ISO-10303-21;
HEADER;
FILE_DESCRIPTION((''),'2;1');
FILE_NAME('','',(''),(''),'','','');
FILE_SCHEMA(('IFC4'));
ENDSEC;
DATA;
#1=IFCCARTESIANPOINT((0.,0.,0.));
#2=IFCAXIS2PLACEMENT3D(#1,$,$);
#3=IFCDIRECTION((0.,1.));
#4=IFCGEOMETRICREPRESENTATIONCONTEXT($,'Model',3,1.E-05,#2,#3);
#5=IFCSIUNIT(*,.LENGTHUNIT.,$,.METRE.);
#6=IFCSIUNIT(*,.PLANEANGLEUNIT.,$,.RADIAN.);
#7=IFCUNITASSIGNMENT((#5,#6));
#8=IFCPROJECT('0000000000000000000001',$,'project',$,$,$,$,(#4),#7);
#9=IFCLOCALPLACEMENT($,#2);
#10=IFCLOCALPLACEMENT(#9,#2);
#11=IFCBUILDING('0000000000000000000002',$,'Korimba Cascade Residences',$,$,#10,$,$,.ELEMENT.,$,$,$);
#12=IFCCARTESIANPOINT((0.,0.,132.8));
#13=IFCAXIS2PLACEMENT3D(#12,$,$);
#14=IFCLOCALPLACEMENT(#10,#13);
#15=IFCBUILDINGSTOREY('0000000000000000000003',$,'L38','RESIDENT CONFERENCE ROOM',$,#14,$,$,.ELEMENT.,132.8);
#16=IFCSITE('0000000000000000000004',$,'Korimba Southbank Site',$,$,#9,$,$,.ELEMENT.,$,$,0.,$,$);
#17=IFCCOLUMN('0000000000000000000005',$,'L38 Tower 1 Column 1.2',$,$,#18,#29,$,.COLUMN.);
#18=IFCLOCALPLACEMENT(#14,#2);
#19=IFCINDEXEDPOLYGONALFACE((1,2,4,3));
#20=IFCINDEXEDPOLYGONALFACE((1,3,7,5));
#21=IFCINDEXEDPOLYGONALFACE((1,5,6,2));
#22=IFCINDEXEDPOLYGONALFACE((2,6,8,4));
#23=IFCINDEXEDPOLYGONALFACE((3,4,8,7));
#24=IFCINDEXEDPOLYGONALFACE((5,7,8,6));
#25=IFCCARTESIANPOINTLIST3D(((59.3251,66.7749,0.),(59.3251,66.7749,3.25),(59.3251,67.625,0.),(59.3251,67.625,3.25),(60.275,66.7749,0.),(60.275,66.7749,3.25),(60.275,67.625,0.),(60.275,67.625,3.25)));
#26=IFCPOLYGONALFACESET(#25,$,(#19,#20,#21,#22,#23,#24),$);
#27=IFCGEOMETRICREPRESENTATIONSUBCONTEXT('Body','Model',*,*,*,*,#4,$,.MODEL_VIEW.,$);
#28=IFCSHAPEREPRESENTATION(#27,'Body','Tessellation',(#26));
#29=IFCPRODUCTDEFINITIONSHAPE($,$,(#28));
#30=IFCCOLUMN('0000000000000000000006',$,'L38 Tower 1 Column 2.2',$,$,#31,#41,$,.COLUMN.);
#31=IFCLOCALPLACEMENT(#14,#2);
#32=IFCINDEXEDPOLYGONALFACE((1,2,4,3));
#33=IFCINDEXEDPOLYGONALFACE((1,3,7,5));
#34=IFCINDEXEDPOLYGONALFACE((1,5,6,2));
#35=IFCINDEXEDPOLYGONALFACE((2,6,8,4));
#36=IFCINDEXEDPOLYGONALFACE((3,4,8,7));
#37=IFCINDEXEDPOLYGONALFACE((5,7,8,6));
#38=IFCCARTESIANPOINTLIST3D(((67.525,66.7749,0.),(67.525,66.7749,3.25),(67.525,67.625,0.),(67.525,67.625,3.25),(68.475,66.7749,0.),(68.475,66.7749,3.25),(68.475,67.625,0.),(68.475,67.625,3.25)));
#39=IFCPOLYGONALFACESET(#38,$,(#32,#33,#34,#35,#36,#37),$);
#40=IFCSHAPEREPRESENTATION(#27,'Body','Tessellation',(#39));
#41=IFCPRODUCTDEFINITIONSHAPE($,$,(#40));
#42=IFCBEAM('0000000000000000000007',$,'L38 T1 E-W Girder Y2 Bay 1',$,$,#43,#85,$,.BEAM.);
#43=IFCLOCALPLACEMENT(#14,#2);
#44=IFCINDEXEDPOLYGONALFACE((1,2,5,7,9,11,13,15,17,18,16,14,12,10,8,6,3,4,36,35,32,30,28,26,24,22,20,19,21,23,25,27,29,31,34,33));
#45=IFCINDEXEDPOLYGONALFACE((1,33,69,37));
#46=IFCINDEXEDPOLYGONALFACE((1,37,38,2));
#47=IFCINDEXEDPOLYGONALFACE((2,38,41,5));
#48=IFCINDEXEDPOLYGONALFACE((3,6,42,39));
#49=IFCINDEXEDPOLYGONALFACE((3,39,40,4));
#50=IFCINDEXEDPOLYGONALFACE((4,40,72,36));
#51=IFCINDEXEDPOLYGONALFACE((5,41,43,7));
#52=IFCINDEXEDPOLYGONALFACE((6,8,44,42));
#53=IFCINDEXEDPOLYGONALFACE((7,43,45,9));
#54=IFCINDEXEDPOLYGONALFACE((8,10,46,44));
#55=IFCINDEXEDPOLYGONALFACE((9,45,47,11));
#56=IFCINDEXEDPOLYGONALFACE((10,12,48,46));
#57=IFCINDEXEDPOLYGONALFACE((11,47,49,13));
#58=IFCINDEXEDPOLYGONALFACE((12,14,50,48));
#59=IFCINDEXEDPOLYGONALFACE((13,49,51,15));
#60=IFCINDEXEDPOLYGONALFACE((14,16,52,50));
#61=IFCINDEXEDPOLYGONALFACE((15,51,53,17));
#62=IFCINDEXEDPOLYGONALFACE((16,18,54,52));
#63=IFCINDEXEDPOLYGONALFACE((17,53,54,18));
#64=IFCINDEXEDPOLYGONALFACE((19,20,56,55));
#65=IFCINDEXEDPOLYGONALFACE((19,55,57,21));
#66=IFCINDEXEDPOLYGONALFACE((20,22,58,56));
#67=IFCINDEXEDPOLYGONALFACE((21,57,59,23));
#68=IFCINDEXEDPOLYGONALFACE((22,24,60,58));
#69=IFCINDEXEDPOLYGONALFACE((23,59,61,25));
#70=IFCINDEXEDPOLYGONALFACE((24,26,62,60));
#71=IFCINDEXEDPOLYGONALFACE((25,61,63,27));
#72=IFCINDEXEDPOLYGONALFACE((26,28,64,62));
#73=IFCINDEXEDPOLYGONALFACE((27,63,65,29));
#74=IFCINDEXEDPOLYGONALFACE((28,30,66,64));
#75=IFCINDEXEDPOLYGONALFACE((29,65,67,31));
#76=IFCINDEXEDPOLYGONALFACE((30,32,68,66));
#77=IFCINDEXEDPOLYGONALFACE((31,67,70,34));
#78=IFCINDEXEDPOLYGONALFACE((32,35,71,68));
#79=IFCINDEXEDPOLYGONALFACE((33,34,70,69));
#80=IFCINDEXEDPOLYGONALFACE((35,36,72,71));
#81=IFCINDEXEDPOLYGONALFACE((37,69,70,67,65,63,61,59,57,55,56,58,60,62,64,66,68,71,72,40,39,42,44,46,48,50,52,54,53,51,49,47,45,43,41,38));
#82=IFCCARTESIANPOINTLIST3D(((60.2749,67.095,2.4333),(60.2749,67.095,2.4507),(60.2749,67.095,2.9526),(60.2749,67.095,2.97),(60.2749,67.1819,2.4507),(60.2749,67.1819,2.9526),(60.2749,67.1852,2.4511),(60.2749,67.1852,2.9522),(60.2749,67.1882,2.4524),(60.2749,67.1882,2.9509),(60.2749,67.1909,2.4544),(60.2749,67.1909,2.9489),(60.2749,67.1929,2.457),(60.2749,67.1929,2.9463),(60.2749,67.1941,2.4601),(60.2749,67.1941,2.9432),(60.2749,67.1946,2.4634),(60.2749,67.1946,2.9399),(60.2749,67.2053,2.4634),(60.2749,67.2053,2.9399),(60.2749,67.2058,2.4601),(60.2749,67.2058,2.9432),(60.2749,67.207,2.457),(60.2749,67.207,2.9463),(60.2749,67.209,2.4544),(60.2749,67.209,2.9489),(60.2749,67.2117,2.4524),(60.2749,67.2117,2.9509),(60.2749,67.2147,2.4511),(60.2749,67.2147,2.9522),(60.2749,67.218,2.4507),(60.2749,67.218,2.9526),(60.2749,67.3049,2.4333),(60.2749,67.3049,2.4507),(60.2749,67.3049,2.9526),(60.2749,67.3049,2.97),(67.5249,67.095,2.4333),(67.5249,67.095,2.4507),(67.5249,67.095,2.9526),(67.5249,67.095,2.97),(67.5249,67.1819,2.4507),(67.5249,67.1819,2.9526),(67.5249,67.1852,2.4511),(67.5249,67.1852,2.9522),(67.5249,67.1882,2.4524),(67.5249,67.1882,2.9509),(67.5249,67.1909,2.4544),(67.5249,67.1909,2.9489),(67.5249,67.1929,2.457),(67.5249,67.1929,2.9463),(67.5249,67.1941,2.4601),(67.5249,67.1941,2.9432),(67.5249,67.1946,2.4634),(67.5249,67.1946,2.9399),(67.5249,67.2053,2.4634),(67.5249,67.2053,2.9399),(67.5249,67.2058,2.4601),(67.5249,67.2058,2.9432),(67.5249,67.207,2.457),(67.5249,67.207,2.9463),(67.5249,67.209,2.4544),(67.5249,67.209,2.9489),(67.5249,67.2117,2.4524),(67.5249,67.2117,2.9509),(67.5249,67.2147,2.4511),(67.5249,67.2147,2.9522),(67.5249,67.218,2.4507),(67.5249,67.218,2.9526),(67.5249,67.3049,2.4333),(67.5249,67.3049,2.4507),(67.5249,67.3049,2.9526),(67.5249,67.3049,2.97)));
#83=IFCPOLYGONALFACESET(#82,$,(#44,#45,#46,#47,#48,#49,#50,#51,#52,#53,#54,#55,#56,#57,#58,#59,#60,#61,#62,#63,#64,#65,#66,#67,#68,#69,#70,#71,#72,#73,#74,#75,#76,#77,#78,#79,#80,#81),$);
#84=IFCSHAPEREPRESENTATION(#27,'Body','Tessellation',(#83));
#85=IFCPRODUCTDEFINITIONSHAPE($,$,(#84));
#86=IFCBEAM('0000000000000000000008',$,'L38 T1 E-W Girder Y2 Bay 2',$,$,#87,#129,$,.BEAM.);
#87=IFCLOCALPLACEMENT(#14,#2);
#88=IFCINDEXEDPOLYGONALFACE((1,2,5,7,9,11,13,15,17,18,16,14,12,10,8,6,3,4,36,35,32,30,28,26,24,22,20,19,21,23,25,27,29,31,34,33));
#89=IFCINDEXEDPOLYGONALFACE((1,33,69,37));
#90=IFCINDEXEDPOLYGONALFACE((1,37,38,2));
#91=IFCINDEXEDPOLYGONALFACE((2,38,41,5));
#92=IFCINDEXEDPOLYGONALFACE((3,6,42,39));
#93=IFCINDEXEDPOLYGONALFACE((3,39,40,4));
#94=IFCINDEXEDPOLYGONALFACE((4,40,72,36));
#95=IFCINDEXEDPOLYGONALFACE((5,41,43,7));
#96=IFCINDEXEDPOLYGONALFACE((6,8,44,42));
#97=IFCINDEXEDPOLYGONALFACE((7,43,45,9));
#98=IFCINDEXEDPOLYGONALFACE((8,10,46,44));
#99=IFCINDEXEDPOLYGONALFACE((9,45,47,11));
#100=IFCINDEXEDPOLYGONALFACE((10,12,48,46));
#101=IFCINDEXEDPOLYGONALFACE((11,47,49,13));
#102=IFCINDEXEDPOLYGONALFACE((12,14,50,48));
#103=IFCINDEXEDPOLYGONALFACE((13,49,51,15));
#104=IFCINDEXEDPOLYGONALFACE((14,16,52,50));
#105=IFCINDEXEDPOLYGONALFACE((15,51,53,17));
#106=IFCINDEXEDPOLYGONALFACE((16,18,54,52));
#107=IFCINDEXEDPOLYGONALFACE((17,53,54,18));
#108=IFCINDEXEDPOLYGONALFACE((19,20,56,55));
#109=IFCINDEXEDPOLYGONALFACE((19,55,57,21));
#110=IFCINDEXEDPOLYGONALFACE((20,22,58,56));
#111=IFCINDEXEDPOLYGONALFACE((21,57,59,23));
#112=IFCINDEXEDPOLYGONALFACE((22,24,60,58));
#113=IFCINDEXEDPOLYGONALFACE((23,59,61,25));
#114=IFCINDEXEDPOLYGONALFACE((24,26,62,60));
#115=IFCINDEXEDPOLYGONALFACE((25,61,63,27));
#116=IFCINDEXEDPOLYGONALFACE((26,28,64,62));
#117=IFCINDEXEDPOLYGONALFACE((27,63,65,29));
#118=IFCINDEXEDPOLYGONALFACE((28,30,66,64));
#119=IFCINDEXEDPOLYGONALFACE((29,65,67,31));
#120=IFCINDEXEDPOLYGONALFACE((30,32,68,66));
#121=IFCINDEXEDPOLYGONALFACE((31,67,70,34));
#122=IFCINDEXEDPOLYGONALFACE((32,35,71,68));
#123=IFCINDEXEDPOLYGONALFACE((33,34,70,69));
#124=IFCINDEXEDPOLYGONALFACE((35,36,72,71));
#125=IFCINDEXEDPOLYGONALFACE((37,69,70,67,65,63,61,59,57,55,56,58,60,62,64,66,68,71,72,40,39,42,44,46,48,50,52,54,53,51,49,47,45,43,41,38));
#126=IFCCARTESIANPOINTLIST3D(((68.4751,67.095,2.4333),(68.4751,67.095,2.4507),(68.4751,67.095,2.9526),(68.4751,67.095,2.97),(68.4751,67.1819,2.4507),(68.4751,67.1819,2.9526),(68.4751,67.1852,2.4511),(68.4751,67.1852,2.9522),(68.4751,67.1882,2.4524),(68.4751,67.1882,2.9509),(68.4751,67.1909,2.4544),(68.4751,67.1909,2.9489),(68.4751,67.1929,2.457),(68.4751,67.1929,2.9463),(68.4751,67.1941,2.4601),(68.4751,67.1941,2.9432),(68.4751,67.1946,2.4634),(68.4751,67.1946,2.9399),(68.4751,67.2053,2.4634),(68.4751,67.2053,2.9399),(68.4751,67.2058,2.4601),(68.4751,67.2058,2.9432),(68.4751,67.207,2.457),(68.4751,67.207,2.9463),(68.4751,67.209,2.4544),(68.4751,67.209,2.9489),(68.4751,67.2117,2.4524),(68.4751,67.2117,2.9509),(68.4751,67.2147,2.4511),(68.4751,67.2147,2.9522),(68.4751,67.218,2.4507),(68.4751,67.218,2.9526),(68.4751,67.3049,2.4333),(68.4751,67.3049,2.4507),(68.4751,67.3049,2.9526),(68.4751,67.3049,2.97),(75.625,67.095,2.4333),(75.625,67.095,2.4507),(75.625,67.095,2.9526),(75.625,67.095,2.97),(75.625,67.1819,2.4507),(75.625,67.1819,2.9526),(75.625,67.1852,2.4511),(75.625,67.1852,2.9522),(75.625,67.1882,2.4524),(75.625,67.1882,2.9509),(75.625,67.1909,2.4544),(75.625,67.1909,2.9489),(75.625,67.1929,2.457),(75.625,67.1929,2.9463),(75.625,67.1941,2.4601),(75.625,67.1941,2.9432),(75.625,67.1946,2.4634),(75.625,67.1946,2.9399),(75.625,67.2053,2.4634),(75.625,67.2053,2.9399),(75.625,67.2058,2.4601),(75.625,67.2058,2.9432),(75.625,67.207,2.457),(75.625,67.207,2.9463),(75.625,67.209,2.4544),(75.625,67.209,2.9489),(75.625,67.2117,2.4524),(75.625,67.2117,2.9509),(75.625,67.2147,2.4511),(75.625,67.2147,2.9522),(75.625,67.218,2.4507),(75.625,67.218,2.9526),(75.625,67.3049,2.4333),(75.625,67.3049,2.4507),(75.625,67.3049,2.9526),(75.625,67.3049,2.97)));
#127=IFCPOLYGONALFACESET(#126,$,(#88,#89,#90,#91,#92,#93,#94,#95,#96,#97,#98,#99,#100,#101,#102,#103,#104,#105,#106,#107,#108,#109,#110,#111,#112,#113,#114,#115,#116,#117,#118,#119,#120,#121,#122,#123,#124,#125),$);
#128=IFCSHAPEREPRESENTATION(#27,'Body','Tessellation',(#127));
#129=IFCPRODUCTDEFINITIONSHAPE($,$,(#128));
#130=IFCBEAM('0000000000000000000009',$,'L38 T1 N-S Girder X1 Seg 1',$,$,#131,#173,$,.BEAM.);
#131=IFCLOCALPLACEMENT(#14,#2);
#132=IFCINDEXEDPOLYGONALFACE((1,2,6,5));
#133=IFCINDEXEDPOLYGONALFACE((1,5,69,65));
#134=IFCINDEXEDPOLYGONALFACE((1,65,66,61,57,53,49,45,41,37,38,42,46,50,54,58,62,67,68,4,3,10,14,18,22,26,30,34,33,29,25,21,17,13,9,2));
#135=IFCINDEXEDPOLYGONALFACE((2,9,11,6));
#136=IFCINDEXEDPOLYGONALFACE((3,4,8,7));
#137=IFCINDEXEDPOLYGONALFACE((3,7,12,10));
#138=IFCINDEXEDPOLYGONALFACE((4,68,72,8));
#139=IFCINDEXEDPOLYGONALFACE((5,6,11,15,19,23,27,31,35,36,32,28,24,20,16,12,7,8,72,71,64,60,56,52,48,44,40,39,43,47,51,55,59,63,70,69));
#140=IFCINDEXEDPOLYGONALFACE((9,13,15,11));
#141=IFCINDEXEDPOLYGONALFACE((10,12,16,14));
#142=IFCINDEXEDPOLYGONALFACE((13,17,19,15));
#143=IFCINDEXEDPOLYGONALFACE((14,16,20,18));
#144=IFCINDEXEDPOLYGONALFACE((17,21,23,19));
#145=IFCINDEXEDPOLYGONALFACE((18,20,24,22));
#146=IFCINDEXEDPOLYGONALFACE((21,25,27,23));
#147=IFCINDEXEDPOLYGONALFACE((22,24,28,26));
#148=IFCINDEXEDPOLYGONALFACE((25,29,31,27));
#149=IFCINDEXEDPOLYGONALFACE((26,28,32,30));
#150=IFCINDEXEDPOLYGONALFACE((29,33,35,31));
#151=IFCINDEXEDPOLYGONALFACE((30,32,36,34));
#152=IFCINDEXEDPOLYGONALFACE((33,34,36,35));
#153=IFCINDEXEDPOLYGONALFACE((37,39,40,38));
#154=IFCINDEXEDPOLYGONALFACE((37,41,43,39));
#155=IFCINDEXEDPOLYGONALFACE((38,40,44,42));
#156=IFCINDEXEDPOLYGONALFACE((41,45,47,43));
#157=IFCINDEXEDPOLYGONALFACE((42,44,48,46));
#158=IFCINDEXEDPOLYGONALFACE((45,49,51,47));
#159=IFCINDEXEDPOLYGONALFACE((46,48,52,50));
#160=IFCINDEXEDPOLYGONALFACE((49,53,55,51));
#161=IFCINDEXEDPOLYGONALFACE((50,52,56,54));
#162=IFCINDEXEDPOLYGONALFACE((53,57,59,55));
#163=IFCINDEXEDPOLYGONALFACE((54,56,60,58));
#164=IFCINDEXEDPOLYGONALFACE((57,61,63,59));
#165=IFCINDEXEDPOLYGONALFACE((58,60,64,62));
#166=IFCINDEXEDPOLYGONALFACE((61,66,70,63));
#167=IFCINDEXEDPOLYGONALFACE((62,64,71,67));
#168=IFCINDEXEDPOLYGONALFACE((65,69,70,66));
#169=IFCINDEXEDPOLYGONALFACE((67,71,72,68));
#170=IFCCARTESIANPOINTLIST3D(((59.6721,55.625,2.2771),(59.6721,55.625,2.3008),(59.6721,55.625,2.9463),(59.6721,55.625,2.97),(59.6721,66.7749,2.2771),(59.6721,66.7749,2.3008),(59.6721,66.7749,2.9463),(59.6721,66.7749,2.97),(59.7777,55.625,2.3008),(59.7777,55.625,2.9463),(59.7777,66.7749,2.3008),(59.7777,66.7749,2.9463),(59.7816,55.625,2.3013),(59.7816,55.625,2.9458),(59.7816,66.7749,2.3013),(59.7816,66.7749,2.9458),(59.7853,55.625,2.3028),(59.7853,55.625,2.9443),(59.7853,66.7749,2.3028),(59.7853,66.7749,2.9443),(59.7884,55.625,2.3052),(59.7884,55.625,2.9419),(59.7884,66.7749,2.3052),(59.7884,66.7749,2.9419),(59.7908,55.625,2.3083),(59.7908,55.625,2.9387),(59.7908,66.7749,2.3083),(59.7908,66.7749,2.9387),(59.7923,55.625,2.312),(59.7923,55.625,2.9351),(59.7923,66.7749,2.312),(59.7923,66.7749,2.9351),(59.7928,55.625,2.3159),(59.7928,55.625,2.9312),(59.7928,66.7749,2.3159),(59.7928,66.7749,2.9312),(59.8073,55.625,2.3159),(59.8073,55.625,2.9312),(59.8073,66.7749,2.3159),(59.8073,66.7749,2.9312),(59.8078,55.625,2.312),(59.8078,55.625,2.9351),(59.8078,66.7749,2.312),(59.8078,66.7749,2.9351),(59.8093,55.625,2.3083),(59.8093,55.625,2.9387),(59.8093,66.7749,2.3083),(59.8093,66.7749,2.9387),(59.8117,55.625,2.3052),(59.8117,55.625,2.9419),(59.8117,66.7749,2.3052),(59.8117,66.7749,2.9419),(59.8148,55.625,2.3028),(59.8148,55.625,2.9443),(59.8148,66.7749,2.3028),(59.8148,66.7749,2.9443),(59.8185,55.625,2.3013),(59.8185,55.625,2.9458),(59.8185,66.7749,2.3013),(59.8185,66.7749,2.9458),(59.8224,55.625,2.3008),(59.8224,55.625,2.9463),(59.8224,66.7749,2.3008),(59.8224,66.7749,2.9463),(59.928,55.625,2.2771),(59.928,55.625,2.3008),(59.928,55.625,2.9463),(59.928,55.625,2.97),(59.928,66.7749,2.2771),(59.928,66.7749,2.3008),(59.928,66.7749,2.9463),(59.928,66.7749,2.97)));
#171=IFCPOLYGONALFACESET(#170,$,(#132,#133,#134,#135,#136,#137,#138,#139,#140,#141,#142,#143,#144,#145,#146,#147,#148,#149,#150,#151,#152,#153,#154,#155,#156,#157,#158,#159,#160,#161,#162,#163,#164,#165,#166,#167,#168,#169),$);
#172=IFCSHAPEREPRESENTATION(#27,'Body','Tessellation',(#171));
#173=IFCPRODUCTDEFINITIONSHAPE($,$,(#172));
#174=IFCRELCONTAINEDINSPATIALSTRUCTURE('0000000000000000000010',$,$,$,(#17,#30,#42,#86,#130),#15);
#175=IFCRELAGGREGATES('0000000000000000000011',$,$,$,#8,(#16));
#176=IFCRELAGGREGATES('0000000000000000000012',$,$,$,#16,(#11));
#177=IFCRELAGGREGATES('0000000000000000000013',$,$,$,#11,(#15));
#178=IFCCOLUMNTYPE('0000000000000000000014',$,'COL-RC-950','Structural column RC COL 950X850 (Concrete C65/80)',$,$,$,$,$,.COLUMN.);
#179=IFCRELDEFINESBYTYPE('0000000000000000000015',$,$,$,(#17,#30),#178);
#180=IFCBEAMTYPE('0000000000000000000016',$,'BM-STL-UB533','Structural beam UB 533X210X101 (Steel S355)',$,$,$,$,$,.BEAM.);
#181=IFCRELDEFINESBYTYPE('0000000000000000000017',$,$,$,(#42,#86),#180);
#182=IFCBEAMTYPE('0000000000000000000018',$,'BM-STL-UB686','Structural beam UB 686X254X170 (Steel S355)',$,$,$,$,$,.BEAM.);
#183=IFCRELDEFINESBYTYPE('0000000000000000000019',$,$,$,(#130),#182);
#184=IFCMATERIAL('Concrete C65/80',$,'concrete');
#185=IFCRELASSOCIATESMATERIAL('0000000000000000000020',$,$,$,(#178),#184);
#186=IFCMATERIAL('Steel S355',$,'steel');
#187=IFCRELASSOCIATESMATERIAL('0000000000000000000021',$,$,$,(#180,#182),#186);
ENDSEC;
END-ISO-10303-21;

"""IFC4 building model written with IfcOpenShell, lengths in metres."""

from ifc_helpers import new_model, si_unit, direction, frame, origin, origin_2d, place, context, subcontext, project, spatial, rectangle, i_section, extrude, material, material_profile, profile_set, type_object, element, save


model = new_model("IFC4")

# Units and contexts
model_context = context("Model", 3, precision=1e-05, world=origin(), true_north=direction((0.0, 1.0)))
body_context = subcontext(model_context, "Body", "Model", "MODEL_VIEW")
ifc_project = project(units=[si_unit("LENGTHUNIT", "METRE"), si_unit("PLANEANGLEUNIT", "RADIAN")], contexts=[model_context])

# Site, building, storey
site_placement = place(None, origin())
site = spatial("IfcSite", under=ifc_project, at=site_placement, Name="Korimba Southbank Site", CompositionType="ELEMENT", RefElevation=0.0)
building_placement = place(site_placement, origin())
building = spatial("IfcBuilding", under=site, at=building_placement, Name="Korimba Cascade Residences", CompositionType="ELEMENT")
storey_placement = place(building_placement, frame((0.0, 0.0, 132.8)))
storey = spatial("IfcBuildingStorey", under=building, at=storey_placement, Name="L38", Description="RESIDENT CONFERENCE ROOM", CompositionType="ELEMENT", Elevation=132.8)

# Columns
ifc_material_1 = material(Name="Concrete C65/80", Category="concrete")
ifc_material_profile_1 = material_profile(ifc_material_1, rectangle(XDim=0.95, YDim=0.8501, at=origin_2d()), Name="Concrete C65/80")
ifc_profile_set_1 = profile_set([ifc_material_profile_1], Name="Concrete C65/80")
column_type = type_object("IfcColumnType", Name="COL-RC-950", Description="Structural column RC COL 950X850 (Concrete C65/80)", PredefinedType="COLUMN", material=ifc_profile_set_1)
for number, where, z_axis, x_axis, name in (
    (1, (59.8, 67.2, 0.0), (0.0, 0.0, 1.0), (1.0, 0.0, 0.0), "L38 Tower 1 Column 1.2"),
    (2, (68.0, 67.2, 0.0), (0.0, 0.0, 1.0), (1.0, 0.0, 0.0), "L38 Tower 1 Column 2.2"),
):
    element("IfcColumn", number, at=place(storey_placement, frame(where, z_axis=z_axis, x_axis=x_axis)), inside=storey, type_object=column_type, Name=name, PredefinedType="COLUMN", context=body_context, shape_type="SweptSolid", body=[
        extrude(rectangle(XDim=0.95, YDim=0.8501, at=origin_2d()), origin(), (0.0, 0.0, 1.0), 3.25),
    ])

# Beams
ifc_material_2 = material(Name="Steel S355", Category="steel")
ifc_material_profile_2 = material_profile(ifc_material_2, i_section(OverallWidth=0.21, OverallDepth=0.5366, WebThickness=0.0107, FlangeThickness=0.0173, FilletRadius=0.0127, at=origin_2d()), Name="Steel S355")
ifc_profile_set_2 = profile_set([ifc_material_profile_2], Name="Steel S355")
beam_type_1 = type_object("IfcBeamType", Name="BM-STL-UB533", Description="Structural beam UB 533X210X101 (Steel S355)", PredefinedType="BEAM", material=ifc_profile_set_2)
beam_1_placement = place(storey_placement, frame((60.2749, 67.2, 2.7017), z_axis=(1.0, 0.0, 0.0), x_axis=(0.0, 1.0, 0.0)))
element("IfcBeam", 3, at=beam_1_placement, inside=storey, type_object=beam_type_1, Name="L38 T1 E-W Girder Y2 Bay 1", PredefinedType="BEAM", context=body_context, shape_type="SweptSolid", body=[
    extrude(i_section(OverallWidth=0.21, OverallDepth=0.5366, WebThickness=0.0107, FlangeThickness=0.0173, FilletRadius=0.0127, at=origin_2d()), origin(), (0.0, 0.0, 1.0), 7.25),
])
beam_2_placement = place(storey_placement, frame((68.4751, 67.2, 2.7017), z_axis=(1.0, 0.0, 0.0), x_axis=(0.0, 1.0, 0.0)))
element("IfcBeam", 4, at=beam_2_placement, inside=storey, type_object=beam_type_1, Name="L38 T1 E-W Girder Y2 Bay 2", PredefinedType="BEAM", context=body_context, shape_type="SweptSolid", body=[
    extrude(i_section(OverallWidth=0.21, OverallDepth=0.5366, WebThickness=0.0107, FlangeThickness=0.0173, FilletRadius=0.0127, at=origin_2d()), origin(), (0.0, 0.0, 1.0), 7.1499),
])
ifc_material_profile_3 = material_profile(ifc_material_2, i_section(OverallWidth=0.2559, OverallDepth=0.6929, WebThickness=0.0144, FlangeThickness=0.0237, FilletRadius=0.0151, at=origin_2d()), Name="Steel S355")
ifc_profile_set_3 = profile_set([ifc_material_profile_3], Name="Steel S355")
beam_type_2 = type_object("IfcBeamType", Name="BM-STL-UB686", Description="Structural beam UB 686X254X170 (Steel S355)", PredefinedType="BEAM", material=ifc_profile_set_3)
beam_3_placement = place(storey_placement, frame((59.8, 55.625, 2.6235), z_axis=(0.0, 1.0, 0.0), x_axis=(-1.0, 0.0, 0.0)))
element("IfcBeam", 5, at=beam_3_placement, inside=storey, type_object=beam_type_2, Name="L38 T1 N-S Girder X1 Seg 1", PredefinedType="BEAM", context=body_context, shape_type="SweptSolid", body=[
    extrude(i_section(OverallWidth=0.2559, OverallDepth=0.6929, WebThickness=0.0144, FlangeThickness=0.0237, FilletRadius=0.0151, at=origin_2d()), origin(), (0.0, 0.0, 1.0), 11.1499),
])

save(model, "model.ifc")
